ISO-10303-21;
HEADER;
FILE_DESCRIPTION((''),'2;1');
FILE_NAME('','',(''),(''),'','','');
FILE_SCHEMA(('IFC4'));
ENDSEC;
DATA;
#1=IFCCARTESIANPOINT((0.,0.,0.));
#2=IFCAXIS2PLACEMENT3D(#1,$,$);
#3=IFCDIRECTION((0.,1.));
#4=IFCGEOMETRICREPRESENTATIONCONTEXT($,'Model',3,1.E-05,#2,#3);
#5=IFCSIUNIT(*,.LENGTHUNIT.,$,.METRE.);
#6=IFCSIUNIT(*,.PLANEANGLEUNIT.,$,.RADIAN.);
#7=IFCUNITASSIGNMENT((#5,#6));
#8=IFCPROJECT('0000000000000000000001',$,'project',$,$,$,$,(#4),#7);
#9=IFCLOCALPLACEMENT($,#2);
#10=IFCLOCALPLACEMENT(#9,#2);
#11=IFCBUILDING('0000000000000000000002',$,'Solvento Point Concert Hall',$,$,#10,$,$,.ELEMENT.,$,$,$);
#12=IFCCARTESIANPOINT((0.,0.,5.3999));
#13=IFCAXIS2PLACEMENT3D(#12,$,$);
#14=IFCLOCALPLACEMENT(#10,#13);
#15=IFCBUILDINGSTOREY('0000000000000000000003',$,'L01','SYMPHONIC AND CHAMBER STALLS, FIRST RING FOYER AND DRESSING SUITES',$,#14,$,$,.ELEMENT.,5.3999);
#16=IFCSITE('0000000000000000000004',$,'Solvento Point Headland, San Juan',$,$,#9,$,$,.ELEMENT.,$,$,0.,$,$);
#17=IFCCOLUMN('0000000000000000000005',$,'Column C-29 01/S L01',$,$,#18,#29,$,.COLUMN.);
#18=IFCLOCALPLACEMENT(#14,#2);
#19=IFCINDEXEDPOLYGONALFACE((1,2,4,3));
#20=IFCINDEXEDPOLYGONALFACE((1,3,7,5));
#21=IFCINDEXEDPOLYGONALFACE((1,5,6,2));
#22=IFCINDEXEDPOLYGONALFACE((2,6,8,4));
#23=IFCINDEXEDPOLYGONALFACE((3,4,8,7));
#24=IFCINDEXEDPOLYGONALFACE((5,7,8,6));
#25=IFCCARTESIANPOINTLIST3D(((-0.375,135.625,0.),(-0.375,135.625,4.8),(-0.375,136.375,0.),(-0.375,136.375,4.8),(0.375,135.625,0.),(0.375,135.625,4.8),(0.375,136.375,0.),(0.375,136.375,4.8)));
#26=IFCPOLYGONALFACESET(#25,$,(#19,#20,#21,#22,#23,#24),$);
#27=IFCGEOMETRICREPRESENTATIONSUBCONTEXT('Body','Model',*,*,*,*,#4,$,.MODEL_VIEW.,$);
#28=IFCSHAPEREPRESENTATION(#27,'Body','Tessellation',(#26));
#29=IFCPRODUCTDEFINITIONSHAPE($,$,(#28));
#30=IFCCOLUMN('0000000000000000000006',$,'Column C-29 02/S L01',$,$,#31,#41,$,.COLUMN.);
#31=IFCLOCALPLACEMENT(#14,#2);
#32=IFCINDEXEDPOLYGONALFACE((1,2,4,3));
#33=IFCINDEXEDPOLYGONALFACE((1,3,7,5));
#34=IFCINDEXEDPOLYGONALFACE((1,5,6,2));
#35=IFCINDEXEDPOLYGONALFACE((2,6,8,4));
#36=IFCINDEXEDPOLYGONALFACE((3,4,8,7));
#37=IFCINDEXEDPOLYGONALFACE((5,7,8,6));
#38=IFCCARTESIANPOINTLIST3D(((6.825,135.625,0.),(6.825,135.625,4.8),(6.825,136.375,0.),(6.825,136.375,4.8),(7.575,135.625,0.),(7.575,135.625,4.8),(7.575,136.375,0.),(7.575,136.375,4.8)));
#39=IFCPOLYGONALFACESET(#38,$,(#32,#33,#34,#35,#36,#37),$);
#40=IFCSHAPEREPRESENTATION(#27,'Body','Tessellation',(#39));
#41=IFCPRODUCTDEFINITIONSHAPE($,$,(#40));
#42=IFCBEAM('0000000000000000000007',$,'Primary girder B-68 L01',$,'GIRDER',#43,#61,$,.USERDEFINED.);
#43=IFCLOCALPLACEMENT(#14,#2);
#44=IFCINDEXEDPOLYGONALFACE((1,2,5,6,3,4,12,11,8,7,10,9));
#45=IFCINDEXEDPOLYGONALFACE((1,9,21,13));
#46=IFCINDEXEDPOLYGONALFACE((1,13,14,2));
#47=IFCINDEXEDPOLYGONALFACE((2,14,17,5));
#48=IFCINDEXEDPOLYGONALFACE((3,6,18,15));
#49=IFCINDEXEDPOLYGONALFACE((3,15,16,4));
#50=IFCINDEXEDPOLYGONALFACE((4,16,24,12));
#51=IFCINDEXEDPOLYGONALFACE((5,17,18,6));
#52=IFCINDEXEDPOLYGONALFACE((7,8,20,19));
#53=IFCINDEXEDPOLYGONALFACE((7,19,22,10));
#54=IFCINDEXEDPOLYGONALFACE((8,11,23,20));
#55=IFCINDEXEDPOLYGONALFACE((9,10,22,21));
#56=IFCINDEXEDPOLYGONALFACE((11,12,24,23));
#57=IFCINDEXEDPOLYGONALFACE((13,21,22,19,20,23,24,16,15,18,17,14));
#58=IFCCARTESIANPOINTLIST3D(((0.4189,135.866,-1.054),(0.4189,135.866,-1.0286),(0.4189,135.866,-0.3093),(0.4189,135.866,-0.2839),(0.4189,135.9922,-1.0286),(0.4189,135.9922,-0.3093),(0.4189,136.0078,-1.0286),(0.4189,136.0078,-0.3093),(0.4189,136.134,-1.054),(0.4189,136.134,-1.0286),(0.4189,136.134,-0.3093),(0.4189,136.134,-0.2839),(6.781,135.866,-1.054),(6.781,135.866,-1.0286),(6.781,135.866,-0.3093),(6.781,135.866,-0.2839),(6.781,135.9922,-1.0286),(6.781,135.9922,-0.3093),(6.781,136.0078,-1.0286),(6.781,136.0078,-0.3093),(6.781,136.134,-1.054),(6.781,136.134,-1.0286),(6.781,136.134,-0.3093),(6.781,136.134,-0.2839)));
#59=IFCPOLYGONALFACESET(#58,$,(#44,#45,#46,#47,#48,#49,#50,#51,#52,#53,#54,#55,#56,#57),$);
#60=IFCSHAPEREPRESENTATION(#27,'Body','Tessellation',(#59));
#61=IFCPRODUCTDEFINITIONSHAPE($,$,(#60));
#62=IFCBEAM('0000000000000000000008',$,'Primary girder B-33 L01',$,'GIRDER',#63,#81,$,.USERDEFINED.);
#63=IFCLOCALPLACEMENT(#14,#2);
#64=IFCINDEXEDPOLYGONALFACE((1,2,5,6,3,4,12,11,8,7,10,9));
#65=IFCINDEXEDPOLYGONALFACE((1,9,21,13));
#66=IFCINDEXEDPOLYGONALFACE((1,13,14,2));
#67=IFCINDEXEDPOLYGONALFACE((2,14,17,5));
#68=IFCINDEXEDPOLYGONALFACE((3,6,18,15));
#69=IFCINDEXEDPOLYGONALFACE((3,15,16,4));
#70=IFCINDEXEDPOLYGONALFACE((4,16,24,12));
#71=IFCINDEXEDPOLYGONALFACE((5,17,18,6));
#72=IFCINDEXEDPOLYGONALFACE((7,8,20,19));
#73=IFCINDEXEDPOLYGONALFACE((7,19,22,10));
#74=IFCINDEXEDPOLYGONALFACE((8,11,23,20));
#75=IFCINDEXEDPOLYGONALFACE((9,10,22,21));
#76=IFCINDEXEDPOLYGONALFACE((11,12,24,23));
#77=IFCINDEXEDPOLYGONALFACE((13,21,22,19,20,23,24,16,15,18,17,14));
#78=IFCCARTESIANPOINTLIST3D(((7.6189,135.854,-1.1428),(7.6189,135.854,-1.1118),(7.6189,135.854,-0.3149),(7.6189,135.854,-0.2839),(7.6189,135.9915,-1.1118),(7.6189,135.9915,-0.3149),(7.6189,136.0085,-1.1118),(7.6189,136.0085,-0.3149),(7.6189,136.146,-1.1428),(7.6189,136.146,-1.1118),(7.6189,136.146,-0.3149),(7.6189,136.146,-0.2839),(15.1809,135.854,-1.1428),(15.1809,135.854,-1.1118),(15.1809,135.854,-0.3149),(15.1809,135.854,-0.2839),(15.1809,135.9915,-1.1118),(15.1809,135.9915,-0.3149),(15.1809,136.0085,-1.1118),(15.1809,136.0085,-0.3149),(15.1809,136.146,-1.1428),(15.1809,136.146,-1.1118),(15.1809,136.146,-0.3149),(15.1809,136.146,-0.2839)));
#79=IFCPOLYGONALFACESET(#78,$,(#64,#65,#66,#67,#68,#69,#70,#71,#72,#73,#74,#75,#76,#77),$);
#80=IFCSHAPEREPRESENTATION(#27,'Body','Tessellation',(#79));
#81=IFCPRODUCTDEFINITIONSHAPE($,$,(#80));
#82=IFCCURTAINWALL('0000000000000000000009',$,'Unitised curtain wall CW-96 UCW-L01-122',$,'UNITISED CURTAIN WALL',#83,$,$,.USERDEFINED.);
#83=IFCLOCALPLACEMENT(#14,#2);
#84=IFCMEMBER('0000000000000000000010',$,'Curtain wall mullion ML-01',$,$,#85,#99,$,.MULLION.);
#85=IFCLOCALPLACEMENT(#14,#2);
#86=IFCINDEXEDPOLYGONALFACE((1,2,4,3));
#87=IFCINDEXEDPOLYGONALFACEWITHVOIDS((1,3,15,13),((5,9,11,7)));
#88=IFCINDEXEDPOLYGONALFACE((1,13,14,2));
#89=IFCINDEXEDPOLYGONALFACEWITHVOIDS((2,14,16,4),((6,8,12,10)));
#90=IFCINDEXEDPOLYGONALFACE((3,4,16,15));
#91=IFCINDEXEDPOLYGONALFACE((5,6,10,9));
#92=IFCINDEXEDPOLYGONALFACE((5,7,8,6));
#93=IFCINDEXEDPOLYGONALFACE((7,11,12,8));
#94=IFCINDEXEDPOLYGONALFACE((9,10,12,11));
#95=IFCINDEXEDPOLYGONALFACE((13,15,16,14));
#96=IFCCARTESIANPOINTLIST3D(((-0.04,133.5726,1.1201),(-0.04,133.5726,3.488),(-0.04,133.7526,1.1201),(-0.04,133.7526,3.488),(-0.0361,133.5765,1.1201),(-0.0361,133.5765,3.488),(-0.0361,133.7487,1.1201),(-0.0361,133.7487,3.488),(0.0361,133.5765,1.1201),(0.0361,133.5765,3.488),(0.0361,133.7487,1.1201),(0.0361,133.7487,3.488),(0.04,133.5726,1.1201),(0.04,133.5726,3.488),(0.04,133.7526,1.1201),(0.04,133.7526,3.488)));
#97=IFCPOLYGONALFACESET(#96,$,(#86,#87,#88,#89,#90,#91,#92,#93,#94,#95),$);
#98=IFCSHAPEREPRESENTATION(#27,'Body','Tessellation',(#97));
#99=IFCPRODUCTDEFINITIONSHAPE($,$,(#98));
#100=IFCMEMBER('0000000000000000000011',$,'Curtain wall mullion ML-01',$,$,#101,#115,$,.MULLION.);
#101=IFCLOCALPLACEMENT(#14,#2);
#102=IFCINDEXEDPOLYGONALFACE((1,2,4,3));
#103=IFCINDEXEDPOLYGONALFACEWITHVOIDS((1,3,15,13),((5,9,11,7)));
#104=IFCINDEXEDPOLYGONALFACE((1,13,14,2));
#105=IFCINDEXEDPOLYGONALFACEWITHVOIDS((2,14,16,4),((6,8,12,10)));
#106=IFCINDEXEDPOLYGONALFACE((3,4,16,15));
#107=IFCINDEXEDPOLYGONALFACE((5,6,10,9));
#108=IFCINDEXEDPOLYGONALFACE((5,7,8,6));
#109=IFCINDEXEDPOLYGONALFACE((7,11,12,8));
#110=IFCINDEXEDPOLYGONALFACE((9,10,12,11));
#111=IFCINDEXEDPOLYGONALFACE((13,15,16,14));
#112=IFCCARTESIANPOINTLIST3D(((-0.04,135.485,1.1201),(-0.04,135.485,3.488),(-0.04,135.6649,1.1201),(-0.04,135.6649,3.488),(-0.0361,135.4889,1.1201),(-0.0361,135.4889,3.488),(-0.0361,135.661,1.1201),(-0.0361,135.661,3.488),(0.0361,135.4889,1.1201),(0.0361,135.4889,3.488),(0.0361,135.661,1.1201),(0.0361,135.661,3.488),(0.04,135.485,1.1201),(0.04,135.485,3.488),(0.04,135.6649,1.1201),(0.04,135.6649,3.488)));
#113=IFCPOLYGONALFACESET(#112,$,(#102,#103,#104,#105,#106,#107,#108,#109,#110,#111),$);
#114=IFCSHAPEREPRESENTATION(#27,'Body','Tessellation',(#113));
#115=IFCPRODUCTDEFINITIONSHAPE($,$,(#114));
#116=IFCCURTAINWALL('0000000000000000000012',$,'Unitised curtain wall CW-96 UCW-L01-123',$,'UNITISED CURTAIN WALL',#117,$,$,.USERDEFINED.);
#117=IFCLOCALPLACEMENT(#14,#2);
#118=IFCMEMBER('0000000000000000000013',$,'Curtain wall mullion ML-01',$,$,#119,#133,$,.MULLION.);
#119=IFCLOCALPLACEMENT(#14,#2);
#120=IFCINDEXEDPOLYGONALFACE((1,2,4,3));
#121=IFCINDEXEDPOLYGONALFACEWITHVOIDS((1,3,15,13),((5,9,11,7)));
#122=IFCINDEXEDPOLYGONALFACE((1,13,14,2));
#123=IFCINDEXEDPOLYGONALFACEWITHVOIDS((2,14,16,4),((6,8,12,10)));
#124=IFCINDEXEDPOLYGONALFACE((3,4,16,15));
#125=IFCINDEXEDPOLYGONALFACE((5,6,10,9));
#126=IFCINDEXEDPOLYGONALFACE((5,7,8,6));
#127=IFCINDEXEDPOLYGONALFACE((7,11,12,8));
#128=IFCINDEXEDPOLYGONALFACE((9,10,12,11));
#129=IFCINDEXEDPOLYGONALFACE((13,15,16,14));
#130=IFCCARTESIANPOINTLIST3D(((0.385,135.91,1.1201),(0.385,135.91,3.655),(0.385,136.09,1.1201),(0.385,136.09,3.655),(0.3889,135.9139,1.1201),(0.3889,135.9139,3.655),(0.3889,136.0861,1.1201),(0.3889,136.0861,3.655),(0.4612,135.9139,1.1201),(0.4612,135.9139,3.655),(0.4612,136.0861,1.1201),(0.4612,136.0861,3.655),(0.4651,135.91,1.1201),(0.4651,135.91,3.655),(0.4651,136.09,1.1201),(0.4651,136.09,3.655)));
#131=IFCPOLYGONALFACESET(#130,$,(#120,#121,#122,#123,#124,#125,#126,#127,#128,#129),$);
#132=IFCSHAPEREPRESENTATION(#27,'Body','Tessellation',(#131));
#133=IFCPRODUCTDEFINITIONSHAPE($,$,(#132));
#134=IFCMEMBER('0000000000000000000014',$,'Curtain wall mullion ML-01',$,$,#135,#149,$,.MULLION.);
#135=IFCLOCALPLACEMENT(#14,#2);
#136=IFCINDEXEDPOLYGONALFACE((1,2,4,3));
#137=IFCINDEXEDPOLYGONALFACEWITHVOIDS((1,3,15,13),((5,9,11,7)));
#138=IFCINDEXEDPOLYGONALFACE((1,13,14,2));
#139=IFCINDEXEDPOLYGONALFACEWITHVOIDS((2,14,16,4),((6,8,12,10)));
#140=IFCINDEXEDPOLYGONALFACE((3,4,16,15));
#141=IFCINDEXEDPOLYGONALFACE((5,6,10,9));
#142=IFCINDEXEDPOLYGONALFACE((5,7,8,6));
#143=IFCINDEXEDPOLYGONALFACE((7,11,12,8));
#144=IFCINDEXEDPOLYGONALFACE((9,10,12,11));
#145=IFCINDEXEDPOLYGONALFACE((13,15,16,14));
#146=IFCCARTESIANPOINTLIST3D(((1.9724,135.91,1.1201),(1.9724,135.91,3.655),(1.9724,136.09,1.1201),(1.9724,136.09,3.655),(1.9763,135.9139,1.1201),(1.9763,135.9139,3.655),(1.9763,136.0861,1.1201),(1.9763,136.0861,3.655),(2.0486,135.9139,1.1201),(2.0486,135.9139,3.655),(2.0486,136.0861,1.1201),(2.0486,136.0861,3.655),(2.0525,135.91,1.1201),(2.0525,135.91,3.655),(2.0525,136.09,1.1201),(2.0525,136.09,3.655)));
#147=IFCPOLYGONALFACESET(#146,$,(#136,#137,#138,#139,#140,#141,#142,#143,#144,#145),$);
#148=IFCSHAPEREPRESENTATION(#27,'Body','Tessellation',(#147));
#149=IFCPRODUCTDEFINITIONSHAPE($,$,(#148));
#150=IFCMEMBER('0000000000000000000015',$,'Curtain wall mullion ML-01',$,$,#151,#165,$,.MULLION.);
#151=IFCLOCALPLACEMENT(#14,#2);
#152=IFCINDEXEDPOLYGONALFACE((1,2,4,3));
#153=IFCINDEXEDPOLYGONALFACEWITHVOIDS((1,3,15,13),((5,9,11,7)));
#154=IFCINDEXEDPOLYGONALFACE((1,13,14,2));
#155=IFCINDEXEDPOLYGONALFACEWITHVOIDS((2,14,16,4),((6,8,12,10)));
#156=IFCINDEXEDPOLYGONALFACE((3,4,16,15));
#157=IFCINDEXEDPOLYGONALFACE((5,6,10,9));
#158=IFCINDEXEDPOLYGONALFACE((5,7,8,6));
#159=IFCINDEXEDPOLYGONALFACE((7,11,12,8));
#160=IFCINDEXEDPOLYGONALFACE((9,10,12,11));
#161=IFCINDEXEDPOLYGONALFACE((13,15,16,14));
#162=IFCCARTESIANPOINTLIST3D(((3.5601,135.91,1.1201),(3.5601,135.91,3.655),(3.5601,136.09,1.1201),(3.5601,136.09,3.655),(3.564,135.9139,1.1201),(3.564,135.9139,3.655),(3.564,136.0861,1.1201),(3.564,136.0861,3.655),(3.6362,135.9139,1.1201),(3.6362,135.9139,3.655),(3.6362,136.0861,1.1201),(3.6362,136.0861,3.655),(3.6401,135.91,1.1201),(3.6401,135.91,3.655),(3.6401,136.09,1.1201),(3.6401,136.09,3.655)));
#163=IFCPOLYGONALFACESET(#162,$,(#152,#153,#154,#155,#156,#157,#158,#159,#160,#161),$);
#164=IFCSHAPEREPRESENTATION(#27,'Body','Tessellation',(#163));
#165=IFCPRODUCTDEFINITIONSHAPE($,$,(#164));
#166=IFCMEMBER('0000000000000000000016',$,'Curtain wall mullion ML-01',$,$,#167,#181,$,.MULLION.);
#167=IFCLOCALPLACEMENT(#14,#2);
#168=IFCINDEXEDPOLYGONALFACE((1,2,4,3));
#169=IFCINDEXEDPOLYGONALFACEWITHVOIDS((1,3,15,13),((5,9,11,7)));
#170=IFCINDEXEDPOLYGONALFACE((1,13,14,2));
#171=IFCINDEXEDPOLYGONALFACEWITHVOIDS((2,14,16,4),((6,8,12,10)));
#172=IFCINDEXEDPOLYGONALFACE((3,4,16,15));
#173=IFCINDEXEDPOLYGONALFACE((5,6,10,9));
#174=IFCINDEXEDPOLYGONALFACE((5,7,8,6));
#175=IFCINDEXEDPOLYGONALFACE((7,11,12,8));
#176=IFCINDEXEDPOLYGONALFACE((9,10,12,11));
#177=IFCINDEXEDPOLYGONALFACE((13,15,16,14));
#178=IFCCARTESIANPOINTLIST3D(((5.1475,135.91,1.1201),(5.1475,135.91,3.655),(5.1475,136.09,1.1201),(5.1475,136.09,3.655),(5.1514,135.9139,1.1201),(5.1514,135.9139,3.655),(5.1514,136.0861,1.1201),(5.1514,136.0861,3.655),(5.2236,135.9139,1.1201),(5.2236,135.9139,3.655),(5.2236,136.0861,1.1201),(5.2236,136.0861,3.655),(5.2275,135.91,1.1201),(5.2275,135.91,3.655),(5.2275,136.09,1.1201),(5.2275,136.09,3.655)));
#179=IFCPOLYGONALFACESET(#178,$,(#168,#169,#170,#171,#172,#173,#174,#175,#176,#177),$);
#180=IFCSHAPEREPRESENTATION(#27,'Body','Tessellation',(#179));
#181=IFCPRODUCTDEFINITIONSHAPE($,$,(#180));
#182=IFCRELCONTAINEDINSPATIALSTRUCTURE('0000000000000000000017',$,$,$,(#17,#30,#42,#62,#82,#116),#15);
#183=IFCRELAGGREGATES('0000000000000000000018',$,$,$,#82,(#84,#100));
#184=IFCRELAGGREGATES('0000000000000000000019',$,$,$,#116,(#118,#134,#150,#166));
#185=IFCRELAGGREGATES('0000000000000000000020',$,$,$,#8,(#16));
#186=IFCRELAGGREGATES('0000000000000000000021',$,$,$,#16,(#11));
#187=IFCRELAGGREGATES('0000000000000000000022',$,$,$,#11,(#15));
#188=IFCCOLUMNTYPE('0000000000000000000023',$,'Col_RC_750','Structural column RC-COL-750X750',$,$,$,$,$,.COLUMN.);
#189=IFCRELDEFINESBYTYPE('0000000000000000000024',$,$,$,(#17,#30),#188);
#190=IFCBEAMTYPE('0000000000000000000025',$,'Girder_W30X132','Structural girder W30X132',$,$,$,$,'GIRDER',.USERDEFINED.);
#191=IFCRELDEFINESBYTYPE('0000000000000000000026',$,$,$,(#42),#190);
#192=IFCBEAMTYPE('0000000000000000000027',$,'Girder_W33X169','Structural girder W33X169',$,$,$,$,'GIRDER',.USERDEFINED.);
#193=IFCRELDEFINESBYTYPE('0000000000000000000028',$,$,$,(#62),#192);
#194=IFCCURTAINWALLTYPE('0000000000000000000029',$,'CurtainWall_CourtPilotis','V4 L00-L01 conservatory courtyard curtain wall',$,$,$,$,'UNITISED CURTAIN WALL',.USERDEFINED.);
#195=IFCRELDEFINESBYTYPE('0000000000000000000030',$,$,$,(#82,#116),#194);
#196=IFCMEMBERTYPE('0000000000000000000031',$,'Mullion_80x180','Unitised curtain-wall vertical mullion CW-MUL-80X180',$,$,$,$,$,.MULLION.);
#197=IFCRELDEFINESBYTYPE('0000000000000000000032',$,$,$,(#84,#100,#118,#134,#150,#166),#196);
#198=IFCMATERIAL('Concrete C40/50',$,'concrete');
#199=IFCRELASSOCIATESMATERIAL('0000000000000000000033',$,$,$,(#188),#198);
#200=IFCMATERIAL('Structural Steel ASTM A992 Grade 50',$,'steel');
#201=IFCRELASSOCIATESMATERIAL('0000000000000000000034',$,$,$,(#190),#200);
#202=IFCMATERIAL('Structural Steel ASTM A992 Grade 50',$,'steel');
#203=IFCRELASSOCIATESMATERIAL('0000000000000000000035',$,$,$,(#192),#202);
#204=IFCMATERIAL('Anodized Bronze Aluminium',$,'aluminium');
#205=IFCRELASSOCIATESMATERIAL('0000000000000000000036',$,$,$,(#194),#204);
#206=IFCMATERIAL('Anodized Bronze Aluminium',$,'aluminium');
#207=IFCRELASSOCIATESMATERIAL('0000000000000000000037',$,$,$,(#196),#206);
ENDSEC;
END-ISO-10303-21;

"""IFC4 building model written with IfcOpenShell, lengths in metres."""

from ifc_helpers import new_model, si_unit, direction, frame, origin, origin_2d, place, context, subcontext, project, spatial, rectangle, hollow_rectangle, i_section, extrude, material, material_profile, profile_set, type_object, element, aggregate, save


model = new_model("IFC4")

# Units and contexts
model_context = context("Model", 3, precision=1e-05, world=origin(), true_north=direction((0.0, 1.0)))
body_context = subcontext(model_context, "Body", "Model", "MODEL_VIEW")
ifc_project = project(units=[si_unit("LENGTHUNIT", "METRE"), si_unit("PLANEANGLEUNIT", "RADIAN")], contexts=[model_context])

# Site, building, storey
site_placement = place(None, origin())
site = spatial("IfcSite", under=ifc_project, at=site_placement, Name="Solvento Point Headland, San Juan", CompositionType="ELEMENT", RefElevation=0.0)
building_placement = place(site_placement, origin())
building = spatial("IfcBuilding", under=site, at=building_placement, Name="Solvento Point Concert Hall", CompositionType="ELEMENT")
storey_placement = place(building_placement, frame((0.0, 0.0, 5.3999)))
storey = spatial("IfcBuildingStorey", under=building, at=storey_placement, Name="L01", Description="SYMPHONIC AND CHAMBER STALLS, FIRST RING FOYER AND DRESSING SUITES", CompositionType="ELEMENT", Elevation=5.3999)

# Columns
ifc_material_1 = material(Name="Concrete C40/50", Category="concrete")
ifc_material_profile_1 = material_profile(ifc_material_1, rectangle(XDim=0.75, YDim=0.75, at=origin_2d()), Name="RC-COL-750X750")
ifc_profile_set_1 = profile_set([ifc_material_profile_1], Name="Concrete C40/50")
column_type = type_object("IfcColumnType", Name="Col_RC_750", Description="Structural column RC-COL-750X750", PredefinedType="COLUMN", material=ifc_profile_set_1)
for number, where, z_axis, x_axis, name in (
    (1, (0.0, 136.0, 0.0), (0.0, 0.0, 1.0), (1.0, 0.0, 0.0), "Column C-29 01/S L01"),
    (2, (7.2, 136.0, 0.0), (0.0, 0.0, 1.0), (1.0, 0.0, 0.0), "Column C-29 02/S L01"),
):
    element("IfcColumn", number, at=place(storey_placement, frame(where, z_axis=z_axis, x_axis=x_axis)), inside=storey, type_object=column_type, Name=name, PredefinedType="COLUMN", context=body_context, shape_type="SweptSolid", body=[
        extrude(rectangle(XDim=0.75, YDim=0.75, at=origin_2d()), origin(), (0.0, 0.0, 1.0), 4.8),
    ])

# Beams
ifc_material_2 = material(Name="Structural Steel ASTM A992 Grade 50", Category="steel")
ifc_material_profile_2 = material_profile(ifc_material_2, i_section(OverallWidth=0.2681, OverallDepth=0.77, WebThickness=0.0156, FlangeThickness=0.0254, at=origin_2d()), Name="W30X132")
ifc_profile_set_2 = profile_set([ifc_material_profile_2], Name="Structural Steel ASTM A992 Grade 50")
beam_type_1 = type_object("IfcBeamType", Name="Girder_W30X132", Description="Structural girder W30X132", ElementType="GIRDER", PredefinedType="USERDEFINED", material=ifc_profile_set_2)
beam_1_placement = place(storey_placement, frame((0.4189, 136.0, -0.6689), z_axis=(1.0, 0.0, 0.0), x_axis=(0.0, 1.0, 0.0)))
element("IfcBeam", 3, at=beam_1_placement, inside=storey, type_object=beam_type_1, Name="Primary girder B-68 L01", ObjectType="GIRDER", PredefinedType="USERDEFINED", context=body_context, shape_type="SweptSolid", body=[
    extrude(i_section(OverallWidth=0.2681, OverallDepth=0.77, WebThickness=0.0156, FlangeThickness=0.0254, at=origin_2d()), origin(), (0.0, 0.0, 1.0), 6.3621),
])
ifc_material_3 = material(Name="Structural Steel ASTM A992 Grade 50", Category="steel")
ifc_material_profile_3 = material_profile(ifc_material_3, i_section(OverallWidth=0.292, OverallDepth=0.8589, WebThickness=0.0171, FlangeThickness=0.031, at=origin_2d()), Name="W33X169")
ifc_profile_set_3 = profile_set([ifc_material_profile_3], Name="Structural Steel ASTM A992 Grade 50")
beam_type_2 = type_object("IfcBeamType", Name="Girder_W33X169", Description="Structural girder W33X169", ElementType="GIRDER", PredefinedType="USERDEFINED", material=ifc_profile_set_3)
beam_2_placement = place(storey_placement, frame((7.6189, 136.0, -0.7134), z_axis=(1.0, 0.0, 0.0), x_axis=(0.0, 1.0, 0.0)))
element("IfcBeam", 4, at=beam_2_placement, inside=storey, type_object=beam_type_2, Name="Primary girder B-33 L01", ObjectType="GIRDER", PredefinedType="USERDEFINED", context=body_context, shape_type="SweptSolid", body=[
    extrude(i_section(OverallWidth=0.292, OverallDepth=0.8589, WebThickness=0.0171, FlangeThickness=0.031, at=origin_2d()), origin(), (0.0, 0.0, 1.0), 7.562),
])

# Curtain walls, members
ifc_material_4 = material(Name="Anodized Bronze Aluminium", Category="aluminium")
curtain_wall_type = type_object("IfcCurtainWallType", Name="CurtainWall_CourtPilotis", Description="V4 L00-L01 conservatory courtyard curtain wall", ElementType="UNITISED CURTAIN WALL", PredefinedType="USERDEFINED", material=ifc_material_4)
curtain_wall_1_placement = place(storey_placement, origin())
curtain_wall_1 = element("IfcCurtainWall", 5, at=curtain_wall_1_placement, inside=storey, type_object=curtain_wall_type, Name="Unitised curtain wall CW-96 UCW-L01-122", ObjectType="UNITISED CURTAIN WALL", PredefinedType="USERDEFINED")
ifc_material_5 = material(Name="Anodized Bronze Aluminium", Category="aluminium")
ifc_material_profile_4 = material_profile(ifc_material_5, hollow_rectangle(XDim=0.0801, YDim=0.1799, WallThickness=0.0039, at=origin_2d()), Name="CW-MUL-80X180")
ifc_profile_set_4 = profile_set([ifc_material_profile_4], Name="Anodized Bronze Aluminium")
member_type_1 = type_object("IfcMemberType", Name="Mullion_80x180", Description="Unitised curtain-wall vertical mullion CW-MUL-80X180", PredefinedType="MULLION", material=ifc_profile_set_4)
member_1_placement = place(storey_placement, frame((0.0, 133.6626, 1.1201), z_axis=(0.0, 0.0, 1.0), x_axis=(1.0, 0.0, 0.0)))
member_1 = element("IfcMember", 6, at=member_1_placement, type_object=member_type_1, Name="Curtain wall mullion ML-01", PredefinedType="MULLION", context=body_context, shape_type="SweptSolid", body=[
    extrude(hollow_rectangle(XDim=0.0801, YDim=0.1799, WallThickness=0.0039, at=origin_2d()), origin(), (0.0, 0.0, 1.0), 2.3679),
])
member_2_placement = place(storey_placement, frame((0.0, 135.575, 1.1201), z_axis=(0.0, 0.0, 1.0), x_axis=(1.0, 0.0, 0.0)))
member_2 = element("IfcMember", 7, at=member_2_placement, type_object=member_type_1, Name="Curtain wall mullion ML-01", PredefinedType="MULLION", context=body_context, shape_type="SweptSolid", body=[
    extrude(hollow_rectangle(XDim=0.0801, YDim=0.1799, WallThickness=0.0039, at=origin_2d()), origin(), (0.0, 0.0, 1.0), 2.3679),
])
curtain_wall_2_placement = place(storey_placement, origin())
curtain_wall_2 = element("IfcCurtainWall", 8, at=curtain_wall_2_placement, inside=storey, type_object=curtain_wall_type, Name="Unitised curtain wall CW-96 UCW-L01-123", ObjectType="UNITISED CURTAIN WALL", PredefinedType="USERDEFINED")
member_3_placement = place(storey_placement, frame((0.425, 136.0, 1.1201), z_axis=(0.0, 0.0, 1.0), x_axis=(1.0, 0.0, 0.0)))
member_3 = element("IfcMember", 9, at=member_3_placement, type_object=member_type_1, Name="Curtain wall mullion ML-01", PredefinedType="MULLION", context=body_context, shape_type="SweptSolid", body=[
    extrude(hollow_rectangle(XDim=0.0801, YDim=0.1799, WallThickness=0.0039, at=origin_2d()), origin(), (0.0, 0.0, 1.0), 2.5349),
])
member_4_placement = place(storey_placement, frame((2.0125, 136.0, 1.1201), z_axis=(0.0, 0.0, 1.0), x_axis=(1.0, 0.0, 0.0)))
member_4 = element("IfcMember", 10, at=member_4_placement, type_object=member_type_1, Name="Curtain wall mullion ML-01", PredefinedType="MULLION", context=body_context, shape_type="SweptSolid", body=[
    extrude(hollow_rectangle(XDim=0.0801, YDim=0.1799, WallThickness=0.0039, at=origin_2d()), origin(), (0.0, 0.0, 1.0), 2.5349),
])
member_5_placement = place(storey_placement, frame((3.6001, 136.0, 1.1201), z_axis=(0.0, 0.0, 1.0), x_axis=(1.0, 0.0, 0.0)))
member_5 = element("IfcMember", 11, at=member_5_placement, type_object=member_type_1, Name="Curtain wall mullion ML-01", PredefinedType="MULLION", context=body_context, shape_type="SweptSolid", body=[
    extrude(hollow_rectangle(XDim=0.0801, YDim=0.1799, WallThickness=0.0039, at=origin_2d()), origin(), (0.0, 0.0, 1.0), 2.5349),
])
member_6_placement = place(storey_placement, frame((5.1875, 136.0, 1.1201), z_axis=(0.0, 0.0, 1.0), x_axis=(1.0, 0.0, 0.0)))
member_6 = element("IfcMember", 12, at=member_6_placement, type_object=member_type_1, Name="Curtain wall mullion ML-01", PredefinedType="MULLION", context=body_context, shape_type="SweptSolid", body=[
    extrude(hollow_rectangle(XDim=0.0801, YDim=0.1799, WallThickness=0.0039, at=origin_2d()), origin(), (0.0, 0.0, 1.0), 2.5349),
])

aggregate(curtain_wall_1, [member_1, member_2])
aggregate(curtain_wall_2, [member_3, member_4, member_5, member_6])

save(model, "model.ifc")
